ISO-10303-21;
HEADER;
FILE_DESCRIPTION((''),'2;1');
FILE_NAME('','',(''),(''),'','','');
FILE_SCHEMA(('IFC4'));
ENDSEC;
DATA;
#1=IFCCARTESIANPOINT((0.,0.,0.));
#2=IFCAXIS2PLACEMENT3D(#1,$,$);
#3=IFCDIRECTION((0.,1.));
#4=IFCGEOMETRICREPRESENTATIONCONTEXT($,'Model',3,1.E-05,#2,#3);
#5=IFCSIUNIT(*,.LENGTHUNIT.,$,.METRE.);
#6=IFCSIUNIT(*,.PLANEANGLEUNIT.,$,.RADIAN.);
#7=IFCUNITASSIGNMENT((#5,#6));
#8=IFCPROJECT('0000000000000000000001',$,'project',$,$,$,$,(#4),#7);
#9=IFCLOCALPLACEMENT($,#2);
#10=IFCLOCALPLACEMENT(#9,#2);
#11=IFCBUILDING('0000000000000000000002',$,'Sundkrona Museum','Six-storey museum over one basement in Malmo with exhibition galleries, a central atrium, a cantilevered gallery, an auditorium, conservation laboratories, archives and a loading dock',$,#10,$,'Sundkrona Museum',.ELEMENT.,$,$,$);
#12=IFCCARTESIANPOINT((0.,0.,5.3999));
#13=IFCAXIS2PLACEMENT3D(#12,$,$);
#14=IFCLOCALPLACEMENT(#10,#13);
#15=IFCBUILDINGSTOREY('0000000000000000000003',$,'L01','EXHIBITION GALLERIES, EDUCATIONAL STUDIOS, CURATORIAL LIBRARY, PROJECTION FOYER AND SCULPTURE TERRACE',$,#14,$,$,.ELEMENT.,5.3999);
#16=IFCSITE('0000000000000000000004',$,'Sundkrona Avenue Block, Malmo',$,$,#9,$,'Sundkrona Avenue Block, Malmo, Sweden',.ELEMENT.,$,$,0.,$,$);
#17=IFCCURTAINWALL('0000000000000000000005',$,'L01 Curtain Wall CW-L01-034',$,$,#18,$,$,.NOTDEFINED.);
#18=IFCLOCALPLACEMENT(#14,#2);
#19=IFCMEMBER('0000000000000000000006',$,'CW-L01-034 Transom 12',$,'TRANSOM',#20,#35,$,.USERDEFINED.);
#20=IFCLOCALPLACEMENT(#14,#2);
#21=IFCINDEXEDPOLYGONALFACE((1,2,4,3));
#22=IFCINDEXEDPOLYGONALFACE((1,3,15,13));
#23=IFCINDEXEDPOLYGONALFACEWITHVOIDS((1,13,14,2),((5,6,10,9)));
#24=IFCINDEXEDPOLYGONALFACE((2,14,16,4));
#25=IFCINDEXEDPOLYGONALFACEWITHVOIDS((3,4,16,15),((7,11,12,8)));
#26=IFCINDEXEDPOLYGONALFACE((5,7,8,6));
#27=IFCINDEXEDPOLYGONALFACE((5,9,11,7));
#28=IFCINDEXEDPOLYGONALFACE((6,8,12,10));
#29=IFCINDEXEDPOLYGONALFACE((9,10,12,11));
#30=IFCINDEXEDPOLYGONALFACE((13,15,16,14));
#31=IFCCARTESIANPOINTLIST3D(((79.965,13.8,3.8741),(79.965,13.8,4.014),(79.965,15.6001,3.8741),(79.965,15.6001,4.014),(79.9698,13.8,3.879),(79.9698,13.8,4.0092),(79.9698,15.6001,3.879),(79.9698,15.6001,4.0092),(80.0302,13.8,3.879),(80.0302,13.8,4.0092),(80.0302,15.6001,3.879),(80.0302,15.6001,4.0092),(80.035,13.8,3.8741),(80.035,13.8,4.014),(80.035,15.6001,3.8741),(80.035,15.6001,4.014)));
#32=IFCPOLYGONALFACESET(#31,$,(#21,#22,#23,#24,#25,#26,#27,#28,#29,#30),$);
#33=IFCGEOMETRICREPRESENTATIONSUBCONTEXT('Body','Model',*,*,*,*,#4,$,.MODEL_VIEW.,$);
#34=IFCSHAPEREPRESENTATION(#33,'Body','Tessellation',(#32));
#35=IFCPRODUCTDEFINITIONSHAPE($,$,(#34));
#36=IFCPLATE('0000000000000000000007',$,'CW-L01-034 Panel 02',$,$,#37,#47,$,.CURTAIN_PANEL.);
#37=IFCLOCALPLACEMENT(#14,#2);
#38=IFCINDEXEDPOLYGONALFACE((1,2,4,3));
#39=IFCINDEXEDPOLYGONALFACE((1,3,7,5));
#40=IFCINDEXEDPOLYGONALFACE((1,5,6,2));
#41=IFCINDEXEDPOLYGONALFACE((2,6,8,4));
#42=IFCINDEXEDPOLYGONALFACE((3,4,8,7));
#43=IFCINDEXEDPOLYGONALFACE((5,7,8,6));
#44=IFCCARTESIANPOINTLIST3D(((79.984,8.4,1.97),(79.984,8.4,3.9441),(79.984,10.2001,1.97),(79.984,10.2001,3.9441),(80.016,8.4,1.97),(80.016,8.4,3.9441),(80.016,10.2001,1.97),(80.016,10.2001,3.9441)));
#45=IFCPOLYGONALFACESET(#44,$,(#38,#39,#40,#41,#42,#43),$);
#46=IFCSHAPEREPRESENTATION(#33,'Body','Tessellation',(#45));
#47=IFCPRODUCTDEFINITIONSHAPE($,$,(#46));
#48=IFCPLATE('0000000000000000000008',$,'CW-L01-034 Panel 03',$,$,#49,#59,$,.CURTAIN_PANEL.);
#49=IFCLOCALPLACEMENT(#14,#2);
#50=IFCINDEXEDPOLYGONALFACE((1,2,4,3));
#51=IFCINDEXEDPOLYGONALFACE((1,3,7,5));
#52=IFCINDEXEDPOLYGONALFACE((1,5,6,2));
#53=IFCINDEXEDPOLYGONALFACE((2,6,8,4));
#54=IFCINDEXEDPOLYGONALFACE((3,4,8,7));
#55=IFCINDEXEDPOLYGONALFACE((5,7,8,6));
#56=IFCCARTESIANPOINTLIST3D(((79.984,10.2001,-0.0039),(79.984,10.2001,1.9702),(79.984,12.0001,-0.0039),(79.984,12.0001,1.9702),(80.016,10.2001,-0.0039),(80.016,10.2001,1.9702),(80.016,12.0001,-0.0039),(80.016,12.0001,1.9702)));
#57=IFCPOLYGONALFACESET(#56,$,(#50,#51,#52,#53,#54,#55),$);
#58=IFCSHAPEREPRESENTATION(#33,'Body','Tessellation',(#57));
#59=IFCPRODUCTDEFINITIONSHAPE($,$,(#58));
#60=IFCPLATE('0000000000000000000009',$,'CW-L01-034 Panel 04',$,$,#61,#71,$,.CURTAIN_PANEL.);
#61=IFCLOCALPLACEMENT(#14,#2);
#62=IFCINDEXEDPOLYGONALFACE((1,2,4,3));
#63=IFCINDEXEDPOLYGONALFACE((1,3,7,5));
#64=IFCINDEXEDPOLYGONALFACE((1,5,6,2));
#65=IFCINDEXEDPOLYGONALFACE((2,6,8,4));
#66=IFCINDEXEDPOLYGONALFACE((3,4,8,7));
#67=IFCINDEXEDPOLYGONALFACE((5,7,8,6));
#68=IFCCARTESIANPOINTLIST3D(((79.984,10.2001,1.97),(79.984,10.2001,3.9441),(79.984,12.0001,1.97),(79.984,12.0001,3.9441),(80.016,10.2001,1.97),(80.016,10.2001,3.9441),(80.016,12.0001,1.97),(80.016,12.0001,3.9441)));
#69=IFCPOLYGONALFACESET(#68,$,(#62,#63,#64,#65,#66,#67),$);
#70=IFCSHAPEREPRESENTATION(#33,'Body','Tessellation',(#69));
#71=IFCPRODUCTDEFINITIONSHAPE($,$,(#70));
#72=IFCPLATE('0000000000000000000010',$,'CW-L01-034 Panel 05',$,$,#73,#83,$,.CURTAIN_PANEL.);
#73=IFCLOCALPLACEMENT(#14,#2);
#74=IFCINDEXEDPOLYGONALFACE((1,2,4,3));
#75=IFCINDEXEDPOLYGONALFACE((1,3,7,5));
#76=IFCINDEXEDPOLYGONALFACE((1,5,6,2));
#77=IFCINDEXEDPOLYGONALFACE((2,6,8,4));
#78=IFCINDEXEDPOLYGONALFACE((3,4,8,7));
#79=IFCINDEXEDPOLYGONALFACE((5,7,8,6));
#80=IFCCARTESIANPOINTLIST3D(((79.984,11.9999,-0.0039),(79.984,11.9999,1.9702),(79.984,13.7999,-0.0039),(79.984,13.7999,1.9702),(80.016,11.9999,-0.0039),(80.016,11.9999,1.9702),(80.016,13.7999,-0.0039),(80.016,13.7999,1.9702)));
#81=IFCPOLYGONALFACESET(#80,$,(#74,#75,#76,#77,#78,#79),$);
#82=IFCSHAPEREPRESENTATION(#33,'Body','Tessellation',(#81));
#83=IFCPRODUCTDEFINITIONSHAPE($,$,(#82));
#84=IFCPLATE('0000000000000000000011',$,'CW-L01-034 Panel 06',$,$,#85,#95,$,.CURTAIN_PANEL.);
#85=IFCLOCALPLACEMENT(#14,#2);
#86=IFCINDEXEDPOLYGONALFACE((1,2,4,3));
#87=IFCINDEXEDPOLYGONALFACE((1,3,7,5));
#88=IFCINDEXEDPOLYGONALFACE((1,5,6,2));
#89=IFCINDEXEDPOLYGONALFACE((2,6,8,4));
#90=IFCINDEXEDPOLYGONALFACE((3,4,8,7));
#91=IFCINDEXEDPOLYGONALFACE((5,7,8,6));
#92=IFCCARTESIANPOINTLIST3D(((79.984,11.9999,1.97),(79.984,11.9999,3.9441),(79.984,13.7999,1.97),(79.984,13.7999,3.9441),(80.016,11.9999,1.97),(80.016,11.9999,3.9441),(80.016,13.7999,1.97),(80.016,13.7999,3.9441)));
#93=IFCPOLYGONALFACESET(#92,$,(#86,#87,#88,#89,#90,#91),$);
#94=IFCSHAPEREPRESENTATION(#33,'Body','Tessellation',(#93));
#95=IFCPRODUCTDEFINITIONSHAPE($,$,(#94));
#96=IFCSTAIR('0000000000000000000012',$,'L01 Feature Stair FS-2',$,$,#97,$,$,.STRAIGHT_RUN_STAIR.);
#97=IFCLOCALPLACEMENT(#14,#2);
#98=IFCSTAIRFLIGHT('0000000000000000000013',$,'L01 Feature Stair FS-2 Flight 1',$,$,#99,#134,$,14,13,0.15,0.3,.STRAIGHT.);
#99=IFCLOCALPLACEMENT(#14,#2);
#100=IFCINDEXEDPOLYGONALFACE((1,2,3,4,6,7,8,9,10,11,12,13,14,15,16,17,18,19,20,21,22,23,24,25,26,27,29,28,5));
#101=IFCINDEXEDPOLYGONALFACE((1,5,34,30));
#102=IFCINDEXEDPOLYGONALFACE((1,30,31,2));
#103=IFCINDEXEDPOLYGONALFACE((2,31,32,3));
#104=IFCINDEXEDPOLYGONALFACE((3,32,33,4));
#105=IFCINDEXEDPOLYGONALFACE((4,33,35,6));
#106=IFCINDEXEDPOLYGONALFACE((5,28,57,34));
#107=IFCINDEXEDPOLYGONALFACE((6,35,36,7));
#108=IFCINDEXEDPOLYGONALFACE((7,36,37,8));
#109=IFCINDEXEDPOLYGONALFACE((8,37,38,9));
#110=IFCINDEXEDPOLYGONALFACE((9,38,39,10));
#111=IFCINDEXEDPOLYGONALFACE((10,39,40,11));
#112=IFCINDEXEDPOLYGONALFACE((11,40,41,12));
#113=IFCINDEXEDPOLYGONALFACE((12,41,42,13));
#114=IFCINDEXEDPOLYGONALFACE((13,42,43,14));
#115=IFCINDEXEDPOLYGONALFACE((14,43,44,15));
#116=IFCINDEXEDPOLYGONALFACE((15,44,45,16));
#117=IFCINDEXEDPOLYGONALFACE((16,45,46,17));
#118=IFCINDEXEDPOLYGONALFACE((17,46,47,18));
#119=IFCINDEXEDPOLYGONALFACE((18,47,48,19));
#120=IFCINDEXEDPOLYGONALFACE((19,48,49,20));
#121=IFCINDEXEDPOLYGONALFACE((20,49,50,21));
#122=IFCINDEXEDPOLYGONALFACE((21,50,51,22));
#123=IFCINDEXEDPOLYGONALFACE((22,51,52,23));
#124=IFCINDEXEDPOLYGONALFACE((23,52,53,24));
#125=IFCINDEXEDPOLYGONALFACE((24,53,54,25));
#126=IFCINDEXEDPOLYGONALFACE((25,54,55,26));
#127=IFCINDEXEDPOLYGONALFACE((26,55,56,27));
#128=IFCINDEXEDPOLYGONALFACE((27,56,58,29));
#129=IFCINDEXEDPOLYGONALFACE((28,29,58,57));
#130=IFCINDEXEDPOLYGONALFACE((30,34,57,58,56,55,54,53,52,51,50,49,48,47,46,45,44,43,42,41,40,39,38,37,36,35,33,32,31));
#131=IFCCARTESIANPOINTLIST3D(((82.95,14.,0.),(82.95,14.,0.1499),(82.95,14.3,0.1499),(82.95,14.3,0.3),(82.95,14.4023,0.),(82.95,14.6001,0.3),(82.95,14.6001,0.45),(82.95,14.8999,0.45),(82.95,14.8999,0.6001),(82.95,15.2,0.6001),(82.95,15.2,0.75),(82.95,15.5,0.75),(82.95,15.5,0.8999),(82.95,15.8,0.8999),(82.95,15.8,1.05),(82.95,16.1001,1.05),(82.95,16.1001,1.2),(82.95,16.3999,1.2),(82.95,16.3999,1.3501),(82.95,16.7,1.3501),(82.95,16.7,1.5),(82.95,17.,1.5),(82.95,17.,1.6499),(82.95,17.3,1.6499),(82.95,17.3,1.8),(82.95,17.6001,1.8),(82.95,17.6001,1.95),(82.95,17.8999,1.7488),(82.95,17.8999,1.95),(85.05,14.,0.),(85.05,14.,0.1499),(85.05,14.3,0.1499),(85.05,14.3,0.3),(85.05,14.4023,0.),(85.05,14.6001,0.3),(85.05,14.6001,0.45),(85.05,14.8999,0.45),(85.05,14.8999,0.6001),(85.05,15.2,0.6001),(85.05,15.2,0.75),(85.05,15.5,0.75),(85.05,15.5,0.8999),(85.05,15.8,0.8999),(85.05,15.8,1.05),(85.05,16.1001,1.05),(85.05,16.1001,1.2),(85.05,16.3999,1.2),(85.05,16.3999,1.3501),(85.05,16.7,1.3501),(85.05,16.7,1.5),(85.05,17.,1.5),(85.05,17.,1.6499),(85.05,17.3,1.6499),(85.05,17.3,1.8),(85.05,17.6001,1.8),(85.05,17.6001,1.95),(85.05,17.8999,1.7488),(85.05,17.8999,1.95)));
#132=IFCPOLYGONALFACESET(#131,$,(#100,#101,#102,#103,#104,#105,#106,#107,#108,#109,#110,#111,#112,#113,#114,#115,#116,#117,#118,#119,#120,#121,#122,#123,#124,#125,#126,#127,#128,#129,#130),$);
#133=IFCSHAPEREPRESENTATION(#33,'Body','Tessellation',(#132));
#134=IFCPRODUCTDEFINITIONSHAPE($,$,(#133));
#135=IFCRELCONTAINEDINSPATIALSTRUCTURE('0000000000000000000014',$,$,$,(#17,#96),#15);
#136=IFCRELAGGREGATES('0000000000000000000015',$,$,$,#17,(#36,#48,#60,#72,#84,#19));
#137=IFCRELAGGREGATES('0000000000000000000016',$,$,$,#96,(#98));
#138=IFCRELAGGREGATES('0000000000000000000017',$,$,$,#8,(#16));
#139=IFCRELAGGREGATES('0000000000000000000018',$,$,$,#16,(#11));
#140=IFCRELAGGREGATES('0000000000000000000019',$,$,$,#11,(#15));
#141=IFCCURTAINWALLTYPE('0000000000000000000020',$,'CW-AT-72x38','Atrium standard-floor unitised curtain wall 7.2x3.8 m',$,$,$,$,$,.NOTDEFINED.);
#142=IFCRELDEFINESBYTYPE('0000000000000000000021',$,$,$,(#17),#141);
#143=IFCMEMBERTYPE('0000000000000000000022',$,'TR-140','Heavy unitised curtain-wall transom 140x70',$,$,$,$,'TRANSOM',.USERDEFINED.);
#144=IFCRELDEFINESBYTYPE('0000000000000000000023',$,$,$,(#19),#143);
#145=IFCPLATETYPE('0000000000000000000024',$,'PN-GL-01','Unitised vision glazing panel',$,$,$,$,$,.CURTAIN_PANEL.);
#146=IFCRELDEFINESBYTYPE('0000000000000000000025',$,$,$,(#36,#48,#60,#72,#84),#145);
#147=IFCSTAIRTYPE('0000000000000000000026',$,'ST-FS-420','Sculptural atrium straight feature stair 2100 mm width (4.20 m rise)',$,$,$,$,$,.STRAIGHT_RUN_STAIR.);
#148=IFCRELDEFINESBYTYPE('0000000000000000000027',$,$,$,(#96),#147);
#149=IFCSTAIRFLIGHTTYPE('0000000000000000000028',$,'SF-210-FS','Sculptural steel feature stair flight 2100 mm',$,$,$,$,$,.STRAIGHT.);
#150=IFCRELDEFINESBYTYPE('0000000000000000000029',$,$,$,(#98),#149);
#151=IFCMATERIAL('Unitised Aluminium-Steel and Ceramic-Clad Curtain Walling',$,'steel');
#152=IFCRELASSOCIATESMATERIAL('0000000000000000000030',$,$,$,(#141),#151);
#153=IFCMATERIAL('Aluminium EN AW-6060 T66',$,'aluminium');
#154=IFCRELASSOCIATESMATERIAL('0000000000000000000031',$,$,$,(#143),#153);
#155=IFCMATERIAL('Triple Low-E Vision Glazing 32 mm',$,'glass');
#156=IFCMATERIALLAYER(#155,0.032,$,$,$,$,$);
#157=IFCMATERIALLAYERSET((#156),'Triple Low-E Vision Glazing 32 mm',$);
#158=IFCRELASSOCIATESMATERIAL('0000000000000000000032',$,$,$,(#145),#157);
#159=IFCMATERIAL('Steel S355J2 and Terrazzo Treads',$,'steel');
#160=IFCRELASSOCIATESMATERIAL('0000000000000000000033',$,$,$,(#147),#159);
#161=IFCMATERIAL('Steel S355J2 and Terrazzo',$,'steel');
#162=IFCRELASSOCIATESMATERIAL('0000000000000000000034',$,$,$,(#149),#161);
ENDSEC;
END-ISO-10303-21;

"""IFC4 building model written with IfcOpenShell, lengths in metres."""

from ifc_helpers import new_model, si_unit, direction, frame, origin, origin_2d, place, context, subcontext, project, spatial, polyline, rectangle, hollow_rectangle, outline, extrude, material, layer, layer_set, material_profile, profile_set, type_object, element, aggregate, save


model = new_model("IFC4")

# Units and contexts
model_context = context("Model", 3, precision=1e-05, world=origin(), true_north=direction((0.0, 1.0)))
body_context = subcontext(model_context, "Body", "Model", "MODEL_VIEW")
ifc_project = project(units=[si_unit("LENGTHUNIT", "METRE"), si_unit("PLANEANGLEUNIT", "RADIAN")], contexts=[model_context])

# Site, building, storey
site_placement = place(None, origin())
site = spatial("IfcSite", under=ifc_project, at=site_placement, Name="Sundkrona Avenue Block, Malmo", LongName="Sundkrona Avenue Block, Malmo, Sweden", CompositionType="ELEMENT", RefElevation=0.0)
building_placement = place(site_placement, origin())
building = spatial("IfcBuilding", under=site, at=building_placement, Name="Sundkrona Museum", Description="Six-storey museum over one basement in Malmo with exhibition galleries, a central atrium, a cantilevered gallery, an auditorium, conservation laboratories, archives and a loading dock", LongName="Sundkrona Museum", CompositionType="ELEMENT")
storey_placement = place(building_placement, frame((0.0, 0.0, 5.3999)))
storey = spatial("IfcBuildingStorey", under=building, at=storey_placement, Name="L01", Description="EXHIBITION GALLERIES, EDUCATIONAL STUDIOS, CURATORIAL LIBRARY, PROJECTION FOYER AND SCULPTURE TERRACE", CompositionType="ELEMENT", Elevation=5.3999)

# Curtain wall, member, plates
ifc_material_1 = material(Name="Unitised Aluminium-Steel and Ceramic-Clad Curtain Walling", Category="steel")
curtain_wall_type = type_object("IfcCurtainWallType", Name="CW-AT-72x38", Description="Atrium standard-floor unitised curtain wall 7.2x3.8 m", PredefinedType="NOTDEFINED", material=ifc_material_1)
curtain_wall_placement = place(storey_placement, origin())
curtain_wall = element("IfcCurtainWall", 1, at=curtain_wall_placement, inside=storey, type_object=curtain_wall_type, Name="L01 Curtain Wall CW-L01-034", PredefinedType="NOTDEFINED")
ifc_material_2 = material(Name="Aluminium EN AW-6060 T66", Category="aluminium")
ifc_material_profile_1 = material_profile(ifc_material_2, hollow_rectangle(XDim=0.0701, YDim=0.1399, WallThickness=0.0049, at=origin_2d()), Name="RHS 140x70x5.0")
ifc_profile_set_1 = profile_set([ifc_material_profile_1], Name="Aluminium EN AW-6060 T66")
member_type_1 = type_object("IfcMemberType", Name="TR-140", Description="Heavy unitised curtain-wall transom 140x70", ElementType="TRANSOM", PredefinedType="USERDEFINED", material=ifc_profile_set_1)
member_1_placement = place(storey_placement, frame((80.0, 13.8, 3.9441), z_axis=(0.0, 1.0, 0.0), x_axis=(-1.0, 0.0, 0.0)))
member_1 = element("IfcMember", 2, at=member_1_placement, type_object=member_type_1, Name="CW-L01-034 Transom 12", ObjectType="TRANSOM", PredefinedType="USERDEFINED", context=body_context, shape_type="SweptSolid", body=[
    extrude(hollow_rectangle(XDim=0.0701, YDim=0.1399, WallThickness=0.0049, at=origin_2d()), origin(), (0.0, 0.0, 1.0), 1.8),
])
ifc_material_3 = material(Name="Triple Low-E Vision Glazing 32 mm", Category="glass")
ifc_layer = layer(ifc_material_3, 0.032)
ifc_layer_set = layer_set([ifc_layer], Name="Triple Low-E Vision Glazing 32 mm")
plate_type = type_object("IfcPlateType", Name="PN-GL-01", Description="Unitised vision glazing panel", PredefinedType="CURTAIN_PANEL", material=ifc_layer_set)
plate_1_placement = place(storey_placement, frame((80.0, 9.3, 1.97), z_axis=(0.0, 0.0, 1.0), x_axis=(0.0, 1.0, 0.0)))
plate_1 = element("IfcPlate", 3, at=plate_1_placement, type_object=plate_type, Name="CW-L01-034 Panel 02", PredefinedType="CURTAIN_PANEL", context=body_context, shape_type="SweptSolid", body=[
    extrude(rectangle(XDim=1.8, YDim=0.032, at=origin_2d()), origin(), (0.0, 0.0, 1.0), 1.9741),
])
plate_2_placement = place(storey_placement, frame((80.0, 11.1001, -0.0039), z_axis=(0.0, 0.0, 1.0), x_axis=(0.0, 1.0, 0.0)))
plate_2 = element("IfcPlate", 4, at=plate_2_placement, type_object=plate_type, Name="CW-L01-034 Panel 03", PredefinedType="CURTAIN_PANEL", context=body_context, shape_type="SweptSolid", body=[
    extrude(rectangle(XDim=1.8, YDim=0.032, at=origin_2d()), origin(), (0.0, 0.0, 1.0), 1.9741),
])
plate_3_placement = place(storey_placement, frame((80.0, 11.1001, 1.97), z_axis=(0.0, 0.0, 1.0), x_axis=(0.0, 1.0, 0.0)))
plate_3 = element("IfcPlate", 5, at=plate_3_placement, type_object=plate_type, Name="CW-L01-034 Panel 04", PredefinedType="CURTAIN_PANEL", context=body_context, shape_type="SweptSolid", body=[
    extrude(rectangle(XDim=1.8, YDim=0.032, at=origin_2d()), origin(), (0.0, 0.0, 1.0), 1.9741),
])
plate_4_placement = place(storey_placement, frame((80.0, 12.8999, -0.0039), z_axis=(0.0, 0.0, 1.0), x_axis=(0.0, 1.0, 0.0)))
plate_4 = element("IfcPlate", 6, at=plate_4_placement, type_object=plate_type, Name="CW-L01-034 Panel 05", PredefinedType="CURTAIN_PANEL", context=body_context, shape_type="SweptSolid", body=[
    extrude(rectangle(XDim=1.8, YDim=0.032, at=origin_2d()), origin(), (0.0, 0.0, 1.0), 1.9741),
])
plate_5_placement = place(storey_placement, frame((80.0, 12.8999, 1.97), z_axis=(0.0, 0.0, 1.0), x_axis=(0.0, 1.0, 0.0)))
plate_5 = element("IfcPlate", 7, at=plate_5_placement, type_object=plate_type, Name="CW-L01-034 Panel 06", PredefinedType="CURTAIN_PANEL", context=body_context, shape_type="SweptSolid", body=[
    extrude(rectangle(XDim=1.8, YDim=0.032, at=origin_2d()), origin(), (0.0, 0.0, 1.0), 1.9741),
])
aggregate(curtain_wall, [plate_1, plate_2, plate_3, plate_4, plate_5, member_1])

# Stair, stair flight
ifc_material_4 = material(Name="Steel S355J2 and Terrazzo Treads", Category="steel")
stair_type = type_object("IfcStairType", Name="ST-FS-420", Description="Sculptural atrium straight feature stair 2100 mm width (4.20 m rise)", PredefinedType="STRAIGHT_RUN_STAIR", material=ifc_material_4)
stair_placement = place(storey_placement, origin())
stair = element("IfcStair", 8, at=stair_placement, inside=storey, type_object=stair_type, Name="L01 Feature Stair FS-2", PredefinedType="STRAIGHT_RUN_STAIR")
ifc_material_5 = material(Name="Steel S355J2 and Terrazzo", Category="steel")
stair_flight_type = type_object("IfcStairFlightType", Name="SF-210-FS", Description="Sculptural steel feature stair flight 2100 mm", PredefinedType="STRAIGHT", material=ifc_material_5)
stair_flight_placement = place(storey_placement, frame((84.0, 14.0, 0.0), z_axis=(0.0, 0.0, 1.0), x_axis=(0.0, 1.0, 0.0)))
stair_flight = element("IfcStairFlight", 9, at=stair_flight_placement, type_object=stair_flight_type, Name="L01 Feature Stair FS-2 Flight 1", NumberOfRisers=14, NumberOfTreads=13, PredefinedType="STRAIGHT", RiserHeight=0.15, TreadLength=0.3, context=body_context, shape_type="SweptSolid", body=[
    extrude(outline(polyline([(0.0, 0.0), (0.0, 0.1499), (0.3, 0.1499), (0.3, 0.3), (0.6001, 0.3), (0.6001, 0.45), (0.8999, 0.45), (0.8999, 0.6001), (1.2, 0.6001), (1.2, 0.75), (1.5, 0.75), (1.5, 0.8999), (1.8, 0.8999), (1.8, 1.05), (2.1001, 1.05), (2.1001, 1.2), (2.3999, 1.2), (2.3999, 1.3501), (2.7, 1.3501), (2.7, 1.5), (3.0, 1.5), (3.0, 1.6499), (3.3, 1.6499), (3.3, 1.8), (3.6001, 1.8), (3.6001, 1.95), (3.8999, 1.95), (3.8999, 2.1001), (3.8999, 1.7488), (0.4023, 0.0), (0.0, 0.0)])), frame((0.0, 1.05, 0.0), z_axis=(0.0, -1.0, 0.0), x_axis=(1.0, 0.0, 0.0)), (0.0, 0.0, 1.0), 2.1001),
])
aggregate(stair, [stair_flight])

save(model, "model.ifc")
